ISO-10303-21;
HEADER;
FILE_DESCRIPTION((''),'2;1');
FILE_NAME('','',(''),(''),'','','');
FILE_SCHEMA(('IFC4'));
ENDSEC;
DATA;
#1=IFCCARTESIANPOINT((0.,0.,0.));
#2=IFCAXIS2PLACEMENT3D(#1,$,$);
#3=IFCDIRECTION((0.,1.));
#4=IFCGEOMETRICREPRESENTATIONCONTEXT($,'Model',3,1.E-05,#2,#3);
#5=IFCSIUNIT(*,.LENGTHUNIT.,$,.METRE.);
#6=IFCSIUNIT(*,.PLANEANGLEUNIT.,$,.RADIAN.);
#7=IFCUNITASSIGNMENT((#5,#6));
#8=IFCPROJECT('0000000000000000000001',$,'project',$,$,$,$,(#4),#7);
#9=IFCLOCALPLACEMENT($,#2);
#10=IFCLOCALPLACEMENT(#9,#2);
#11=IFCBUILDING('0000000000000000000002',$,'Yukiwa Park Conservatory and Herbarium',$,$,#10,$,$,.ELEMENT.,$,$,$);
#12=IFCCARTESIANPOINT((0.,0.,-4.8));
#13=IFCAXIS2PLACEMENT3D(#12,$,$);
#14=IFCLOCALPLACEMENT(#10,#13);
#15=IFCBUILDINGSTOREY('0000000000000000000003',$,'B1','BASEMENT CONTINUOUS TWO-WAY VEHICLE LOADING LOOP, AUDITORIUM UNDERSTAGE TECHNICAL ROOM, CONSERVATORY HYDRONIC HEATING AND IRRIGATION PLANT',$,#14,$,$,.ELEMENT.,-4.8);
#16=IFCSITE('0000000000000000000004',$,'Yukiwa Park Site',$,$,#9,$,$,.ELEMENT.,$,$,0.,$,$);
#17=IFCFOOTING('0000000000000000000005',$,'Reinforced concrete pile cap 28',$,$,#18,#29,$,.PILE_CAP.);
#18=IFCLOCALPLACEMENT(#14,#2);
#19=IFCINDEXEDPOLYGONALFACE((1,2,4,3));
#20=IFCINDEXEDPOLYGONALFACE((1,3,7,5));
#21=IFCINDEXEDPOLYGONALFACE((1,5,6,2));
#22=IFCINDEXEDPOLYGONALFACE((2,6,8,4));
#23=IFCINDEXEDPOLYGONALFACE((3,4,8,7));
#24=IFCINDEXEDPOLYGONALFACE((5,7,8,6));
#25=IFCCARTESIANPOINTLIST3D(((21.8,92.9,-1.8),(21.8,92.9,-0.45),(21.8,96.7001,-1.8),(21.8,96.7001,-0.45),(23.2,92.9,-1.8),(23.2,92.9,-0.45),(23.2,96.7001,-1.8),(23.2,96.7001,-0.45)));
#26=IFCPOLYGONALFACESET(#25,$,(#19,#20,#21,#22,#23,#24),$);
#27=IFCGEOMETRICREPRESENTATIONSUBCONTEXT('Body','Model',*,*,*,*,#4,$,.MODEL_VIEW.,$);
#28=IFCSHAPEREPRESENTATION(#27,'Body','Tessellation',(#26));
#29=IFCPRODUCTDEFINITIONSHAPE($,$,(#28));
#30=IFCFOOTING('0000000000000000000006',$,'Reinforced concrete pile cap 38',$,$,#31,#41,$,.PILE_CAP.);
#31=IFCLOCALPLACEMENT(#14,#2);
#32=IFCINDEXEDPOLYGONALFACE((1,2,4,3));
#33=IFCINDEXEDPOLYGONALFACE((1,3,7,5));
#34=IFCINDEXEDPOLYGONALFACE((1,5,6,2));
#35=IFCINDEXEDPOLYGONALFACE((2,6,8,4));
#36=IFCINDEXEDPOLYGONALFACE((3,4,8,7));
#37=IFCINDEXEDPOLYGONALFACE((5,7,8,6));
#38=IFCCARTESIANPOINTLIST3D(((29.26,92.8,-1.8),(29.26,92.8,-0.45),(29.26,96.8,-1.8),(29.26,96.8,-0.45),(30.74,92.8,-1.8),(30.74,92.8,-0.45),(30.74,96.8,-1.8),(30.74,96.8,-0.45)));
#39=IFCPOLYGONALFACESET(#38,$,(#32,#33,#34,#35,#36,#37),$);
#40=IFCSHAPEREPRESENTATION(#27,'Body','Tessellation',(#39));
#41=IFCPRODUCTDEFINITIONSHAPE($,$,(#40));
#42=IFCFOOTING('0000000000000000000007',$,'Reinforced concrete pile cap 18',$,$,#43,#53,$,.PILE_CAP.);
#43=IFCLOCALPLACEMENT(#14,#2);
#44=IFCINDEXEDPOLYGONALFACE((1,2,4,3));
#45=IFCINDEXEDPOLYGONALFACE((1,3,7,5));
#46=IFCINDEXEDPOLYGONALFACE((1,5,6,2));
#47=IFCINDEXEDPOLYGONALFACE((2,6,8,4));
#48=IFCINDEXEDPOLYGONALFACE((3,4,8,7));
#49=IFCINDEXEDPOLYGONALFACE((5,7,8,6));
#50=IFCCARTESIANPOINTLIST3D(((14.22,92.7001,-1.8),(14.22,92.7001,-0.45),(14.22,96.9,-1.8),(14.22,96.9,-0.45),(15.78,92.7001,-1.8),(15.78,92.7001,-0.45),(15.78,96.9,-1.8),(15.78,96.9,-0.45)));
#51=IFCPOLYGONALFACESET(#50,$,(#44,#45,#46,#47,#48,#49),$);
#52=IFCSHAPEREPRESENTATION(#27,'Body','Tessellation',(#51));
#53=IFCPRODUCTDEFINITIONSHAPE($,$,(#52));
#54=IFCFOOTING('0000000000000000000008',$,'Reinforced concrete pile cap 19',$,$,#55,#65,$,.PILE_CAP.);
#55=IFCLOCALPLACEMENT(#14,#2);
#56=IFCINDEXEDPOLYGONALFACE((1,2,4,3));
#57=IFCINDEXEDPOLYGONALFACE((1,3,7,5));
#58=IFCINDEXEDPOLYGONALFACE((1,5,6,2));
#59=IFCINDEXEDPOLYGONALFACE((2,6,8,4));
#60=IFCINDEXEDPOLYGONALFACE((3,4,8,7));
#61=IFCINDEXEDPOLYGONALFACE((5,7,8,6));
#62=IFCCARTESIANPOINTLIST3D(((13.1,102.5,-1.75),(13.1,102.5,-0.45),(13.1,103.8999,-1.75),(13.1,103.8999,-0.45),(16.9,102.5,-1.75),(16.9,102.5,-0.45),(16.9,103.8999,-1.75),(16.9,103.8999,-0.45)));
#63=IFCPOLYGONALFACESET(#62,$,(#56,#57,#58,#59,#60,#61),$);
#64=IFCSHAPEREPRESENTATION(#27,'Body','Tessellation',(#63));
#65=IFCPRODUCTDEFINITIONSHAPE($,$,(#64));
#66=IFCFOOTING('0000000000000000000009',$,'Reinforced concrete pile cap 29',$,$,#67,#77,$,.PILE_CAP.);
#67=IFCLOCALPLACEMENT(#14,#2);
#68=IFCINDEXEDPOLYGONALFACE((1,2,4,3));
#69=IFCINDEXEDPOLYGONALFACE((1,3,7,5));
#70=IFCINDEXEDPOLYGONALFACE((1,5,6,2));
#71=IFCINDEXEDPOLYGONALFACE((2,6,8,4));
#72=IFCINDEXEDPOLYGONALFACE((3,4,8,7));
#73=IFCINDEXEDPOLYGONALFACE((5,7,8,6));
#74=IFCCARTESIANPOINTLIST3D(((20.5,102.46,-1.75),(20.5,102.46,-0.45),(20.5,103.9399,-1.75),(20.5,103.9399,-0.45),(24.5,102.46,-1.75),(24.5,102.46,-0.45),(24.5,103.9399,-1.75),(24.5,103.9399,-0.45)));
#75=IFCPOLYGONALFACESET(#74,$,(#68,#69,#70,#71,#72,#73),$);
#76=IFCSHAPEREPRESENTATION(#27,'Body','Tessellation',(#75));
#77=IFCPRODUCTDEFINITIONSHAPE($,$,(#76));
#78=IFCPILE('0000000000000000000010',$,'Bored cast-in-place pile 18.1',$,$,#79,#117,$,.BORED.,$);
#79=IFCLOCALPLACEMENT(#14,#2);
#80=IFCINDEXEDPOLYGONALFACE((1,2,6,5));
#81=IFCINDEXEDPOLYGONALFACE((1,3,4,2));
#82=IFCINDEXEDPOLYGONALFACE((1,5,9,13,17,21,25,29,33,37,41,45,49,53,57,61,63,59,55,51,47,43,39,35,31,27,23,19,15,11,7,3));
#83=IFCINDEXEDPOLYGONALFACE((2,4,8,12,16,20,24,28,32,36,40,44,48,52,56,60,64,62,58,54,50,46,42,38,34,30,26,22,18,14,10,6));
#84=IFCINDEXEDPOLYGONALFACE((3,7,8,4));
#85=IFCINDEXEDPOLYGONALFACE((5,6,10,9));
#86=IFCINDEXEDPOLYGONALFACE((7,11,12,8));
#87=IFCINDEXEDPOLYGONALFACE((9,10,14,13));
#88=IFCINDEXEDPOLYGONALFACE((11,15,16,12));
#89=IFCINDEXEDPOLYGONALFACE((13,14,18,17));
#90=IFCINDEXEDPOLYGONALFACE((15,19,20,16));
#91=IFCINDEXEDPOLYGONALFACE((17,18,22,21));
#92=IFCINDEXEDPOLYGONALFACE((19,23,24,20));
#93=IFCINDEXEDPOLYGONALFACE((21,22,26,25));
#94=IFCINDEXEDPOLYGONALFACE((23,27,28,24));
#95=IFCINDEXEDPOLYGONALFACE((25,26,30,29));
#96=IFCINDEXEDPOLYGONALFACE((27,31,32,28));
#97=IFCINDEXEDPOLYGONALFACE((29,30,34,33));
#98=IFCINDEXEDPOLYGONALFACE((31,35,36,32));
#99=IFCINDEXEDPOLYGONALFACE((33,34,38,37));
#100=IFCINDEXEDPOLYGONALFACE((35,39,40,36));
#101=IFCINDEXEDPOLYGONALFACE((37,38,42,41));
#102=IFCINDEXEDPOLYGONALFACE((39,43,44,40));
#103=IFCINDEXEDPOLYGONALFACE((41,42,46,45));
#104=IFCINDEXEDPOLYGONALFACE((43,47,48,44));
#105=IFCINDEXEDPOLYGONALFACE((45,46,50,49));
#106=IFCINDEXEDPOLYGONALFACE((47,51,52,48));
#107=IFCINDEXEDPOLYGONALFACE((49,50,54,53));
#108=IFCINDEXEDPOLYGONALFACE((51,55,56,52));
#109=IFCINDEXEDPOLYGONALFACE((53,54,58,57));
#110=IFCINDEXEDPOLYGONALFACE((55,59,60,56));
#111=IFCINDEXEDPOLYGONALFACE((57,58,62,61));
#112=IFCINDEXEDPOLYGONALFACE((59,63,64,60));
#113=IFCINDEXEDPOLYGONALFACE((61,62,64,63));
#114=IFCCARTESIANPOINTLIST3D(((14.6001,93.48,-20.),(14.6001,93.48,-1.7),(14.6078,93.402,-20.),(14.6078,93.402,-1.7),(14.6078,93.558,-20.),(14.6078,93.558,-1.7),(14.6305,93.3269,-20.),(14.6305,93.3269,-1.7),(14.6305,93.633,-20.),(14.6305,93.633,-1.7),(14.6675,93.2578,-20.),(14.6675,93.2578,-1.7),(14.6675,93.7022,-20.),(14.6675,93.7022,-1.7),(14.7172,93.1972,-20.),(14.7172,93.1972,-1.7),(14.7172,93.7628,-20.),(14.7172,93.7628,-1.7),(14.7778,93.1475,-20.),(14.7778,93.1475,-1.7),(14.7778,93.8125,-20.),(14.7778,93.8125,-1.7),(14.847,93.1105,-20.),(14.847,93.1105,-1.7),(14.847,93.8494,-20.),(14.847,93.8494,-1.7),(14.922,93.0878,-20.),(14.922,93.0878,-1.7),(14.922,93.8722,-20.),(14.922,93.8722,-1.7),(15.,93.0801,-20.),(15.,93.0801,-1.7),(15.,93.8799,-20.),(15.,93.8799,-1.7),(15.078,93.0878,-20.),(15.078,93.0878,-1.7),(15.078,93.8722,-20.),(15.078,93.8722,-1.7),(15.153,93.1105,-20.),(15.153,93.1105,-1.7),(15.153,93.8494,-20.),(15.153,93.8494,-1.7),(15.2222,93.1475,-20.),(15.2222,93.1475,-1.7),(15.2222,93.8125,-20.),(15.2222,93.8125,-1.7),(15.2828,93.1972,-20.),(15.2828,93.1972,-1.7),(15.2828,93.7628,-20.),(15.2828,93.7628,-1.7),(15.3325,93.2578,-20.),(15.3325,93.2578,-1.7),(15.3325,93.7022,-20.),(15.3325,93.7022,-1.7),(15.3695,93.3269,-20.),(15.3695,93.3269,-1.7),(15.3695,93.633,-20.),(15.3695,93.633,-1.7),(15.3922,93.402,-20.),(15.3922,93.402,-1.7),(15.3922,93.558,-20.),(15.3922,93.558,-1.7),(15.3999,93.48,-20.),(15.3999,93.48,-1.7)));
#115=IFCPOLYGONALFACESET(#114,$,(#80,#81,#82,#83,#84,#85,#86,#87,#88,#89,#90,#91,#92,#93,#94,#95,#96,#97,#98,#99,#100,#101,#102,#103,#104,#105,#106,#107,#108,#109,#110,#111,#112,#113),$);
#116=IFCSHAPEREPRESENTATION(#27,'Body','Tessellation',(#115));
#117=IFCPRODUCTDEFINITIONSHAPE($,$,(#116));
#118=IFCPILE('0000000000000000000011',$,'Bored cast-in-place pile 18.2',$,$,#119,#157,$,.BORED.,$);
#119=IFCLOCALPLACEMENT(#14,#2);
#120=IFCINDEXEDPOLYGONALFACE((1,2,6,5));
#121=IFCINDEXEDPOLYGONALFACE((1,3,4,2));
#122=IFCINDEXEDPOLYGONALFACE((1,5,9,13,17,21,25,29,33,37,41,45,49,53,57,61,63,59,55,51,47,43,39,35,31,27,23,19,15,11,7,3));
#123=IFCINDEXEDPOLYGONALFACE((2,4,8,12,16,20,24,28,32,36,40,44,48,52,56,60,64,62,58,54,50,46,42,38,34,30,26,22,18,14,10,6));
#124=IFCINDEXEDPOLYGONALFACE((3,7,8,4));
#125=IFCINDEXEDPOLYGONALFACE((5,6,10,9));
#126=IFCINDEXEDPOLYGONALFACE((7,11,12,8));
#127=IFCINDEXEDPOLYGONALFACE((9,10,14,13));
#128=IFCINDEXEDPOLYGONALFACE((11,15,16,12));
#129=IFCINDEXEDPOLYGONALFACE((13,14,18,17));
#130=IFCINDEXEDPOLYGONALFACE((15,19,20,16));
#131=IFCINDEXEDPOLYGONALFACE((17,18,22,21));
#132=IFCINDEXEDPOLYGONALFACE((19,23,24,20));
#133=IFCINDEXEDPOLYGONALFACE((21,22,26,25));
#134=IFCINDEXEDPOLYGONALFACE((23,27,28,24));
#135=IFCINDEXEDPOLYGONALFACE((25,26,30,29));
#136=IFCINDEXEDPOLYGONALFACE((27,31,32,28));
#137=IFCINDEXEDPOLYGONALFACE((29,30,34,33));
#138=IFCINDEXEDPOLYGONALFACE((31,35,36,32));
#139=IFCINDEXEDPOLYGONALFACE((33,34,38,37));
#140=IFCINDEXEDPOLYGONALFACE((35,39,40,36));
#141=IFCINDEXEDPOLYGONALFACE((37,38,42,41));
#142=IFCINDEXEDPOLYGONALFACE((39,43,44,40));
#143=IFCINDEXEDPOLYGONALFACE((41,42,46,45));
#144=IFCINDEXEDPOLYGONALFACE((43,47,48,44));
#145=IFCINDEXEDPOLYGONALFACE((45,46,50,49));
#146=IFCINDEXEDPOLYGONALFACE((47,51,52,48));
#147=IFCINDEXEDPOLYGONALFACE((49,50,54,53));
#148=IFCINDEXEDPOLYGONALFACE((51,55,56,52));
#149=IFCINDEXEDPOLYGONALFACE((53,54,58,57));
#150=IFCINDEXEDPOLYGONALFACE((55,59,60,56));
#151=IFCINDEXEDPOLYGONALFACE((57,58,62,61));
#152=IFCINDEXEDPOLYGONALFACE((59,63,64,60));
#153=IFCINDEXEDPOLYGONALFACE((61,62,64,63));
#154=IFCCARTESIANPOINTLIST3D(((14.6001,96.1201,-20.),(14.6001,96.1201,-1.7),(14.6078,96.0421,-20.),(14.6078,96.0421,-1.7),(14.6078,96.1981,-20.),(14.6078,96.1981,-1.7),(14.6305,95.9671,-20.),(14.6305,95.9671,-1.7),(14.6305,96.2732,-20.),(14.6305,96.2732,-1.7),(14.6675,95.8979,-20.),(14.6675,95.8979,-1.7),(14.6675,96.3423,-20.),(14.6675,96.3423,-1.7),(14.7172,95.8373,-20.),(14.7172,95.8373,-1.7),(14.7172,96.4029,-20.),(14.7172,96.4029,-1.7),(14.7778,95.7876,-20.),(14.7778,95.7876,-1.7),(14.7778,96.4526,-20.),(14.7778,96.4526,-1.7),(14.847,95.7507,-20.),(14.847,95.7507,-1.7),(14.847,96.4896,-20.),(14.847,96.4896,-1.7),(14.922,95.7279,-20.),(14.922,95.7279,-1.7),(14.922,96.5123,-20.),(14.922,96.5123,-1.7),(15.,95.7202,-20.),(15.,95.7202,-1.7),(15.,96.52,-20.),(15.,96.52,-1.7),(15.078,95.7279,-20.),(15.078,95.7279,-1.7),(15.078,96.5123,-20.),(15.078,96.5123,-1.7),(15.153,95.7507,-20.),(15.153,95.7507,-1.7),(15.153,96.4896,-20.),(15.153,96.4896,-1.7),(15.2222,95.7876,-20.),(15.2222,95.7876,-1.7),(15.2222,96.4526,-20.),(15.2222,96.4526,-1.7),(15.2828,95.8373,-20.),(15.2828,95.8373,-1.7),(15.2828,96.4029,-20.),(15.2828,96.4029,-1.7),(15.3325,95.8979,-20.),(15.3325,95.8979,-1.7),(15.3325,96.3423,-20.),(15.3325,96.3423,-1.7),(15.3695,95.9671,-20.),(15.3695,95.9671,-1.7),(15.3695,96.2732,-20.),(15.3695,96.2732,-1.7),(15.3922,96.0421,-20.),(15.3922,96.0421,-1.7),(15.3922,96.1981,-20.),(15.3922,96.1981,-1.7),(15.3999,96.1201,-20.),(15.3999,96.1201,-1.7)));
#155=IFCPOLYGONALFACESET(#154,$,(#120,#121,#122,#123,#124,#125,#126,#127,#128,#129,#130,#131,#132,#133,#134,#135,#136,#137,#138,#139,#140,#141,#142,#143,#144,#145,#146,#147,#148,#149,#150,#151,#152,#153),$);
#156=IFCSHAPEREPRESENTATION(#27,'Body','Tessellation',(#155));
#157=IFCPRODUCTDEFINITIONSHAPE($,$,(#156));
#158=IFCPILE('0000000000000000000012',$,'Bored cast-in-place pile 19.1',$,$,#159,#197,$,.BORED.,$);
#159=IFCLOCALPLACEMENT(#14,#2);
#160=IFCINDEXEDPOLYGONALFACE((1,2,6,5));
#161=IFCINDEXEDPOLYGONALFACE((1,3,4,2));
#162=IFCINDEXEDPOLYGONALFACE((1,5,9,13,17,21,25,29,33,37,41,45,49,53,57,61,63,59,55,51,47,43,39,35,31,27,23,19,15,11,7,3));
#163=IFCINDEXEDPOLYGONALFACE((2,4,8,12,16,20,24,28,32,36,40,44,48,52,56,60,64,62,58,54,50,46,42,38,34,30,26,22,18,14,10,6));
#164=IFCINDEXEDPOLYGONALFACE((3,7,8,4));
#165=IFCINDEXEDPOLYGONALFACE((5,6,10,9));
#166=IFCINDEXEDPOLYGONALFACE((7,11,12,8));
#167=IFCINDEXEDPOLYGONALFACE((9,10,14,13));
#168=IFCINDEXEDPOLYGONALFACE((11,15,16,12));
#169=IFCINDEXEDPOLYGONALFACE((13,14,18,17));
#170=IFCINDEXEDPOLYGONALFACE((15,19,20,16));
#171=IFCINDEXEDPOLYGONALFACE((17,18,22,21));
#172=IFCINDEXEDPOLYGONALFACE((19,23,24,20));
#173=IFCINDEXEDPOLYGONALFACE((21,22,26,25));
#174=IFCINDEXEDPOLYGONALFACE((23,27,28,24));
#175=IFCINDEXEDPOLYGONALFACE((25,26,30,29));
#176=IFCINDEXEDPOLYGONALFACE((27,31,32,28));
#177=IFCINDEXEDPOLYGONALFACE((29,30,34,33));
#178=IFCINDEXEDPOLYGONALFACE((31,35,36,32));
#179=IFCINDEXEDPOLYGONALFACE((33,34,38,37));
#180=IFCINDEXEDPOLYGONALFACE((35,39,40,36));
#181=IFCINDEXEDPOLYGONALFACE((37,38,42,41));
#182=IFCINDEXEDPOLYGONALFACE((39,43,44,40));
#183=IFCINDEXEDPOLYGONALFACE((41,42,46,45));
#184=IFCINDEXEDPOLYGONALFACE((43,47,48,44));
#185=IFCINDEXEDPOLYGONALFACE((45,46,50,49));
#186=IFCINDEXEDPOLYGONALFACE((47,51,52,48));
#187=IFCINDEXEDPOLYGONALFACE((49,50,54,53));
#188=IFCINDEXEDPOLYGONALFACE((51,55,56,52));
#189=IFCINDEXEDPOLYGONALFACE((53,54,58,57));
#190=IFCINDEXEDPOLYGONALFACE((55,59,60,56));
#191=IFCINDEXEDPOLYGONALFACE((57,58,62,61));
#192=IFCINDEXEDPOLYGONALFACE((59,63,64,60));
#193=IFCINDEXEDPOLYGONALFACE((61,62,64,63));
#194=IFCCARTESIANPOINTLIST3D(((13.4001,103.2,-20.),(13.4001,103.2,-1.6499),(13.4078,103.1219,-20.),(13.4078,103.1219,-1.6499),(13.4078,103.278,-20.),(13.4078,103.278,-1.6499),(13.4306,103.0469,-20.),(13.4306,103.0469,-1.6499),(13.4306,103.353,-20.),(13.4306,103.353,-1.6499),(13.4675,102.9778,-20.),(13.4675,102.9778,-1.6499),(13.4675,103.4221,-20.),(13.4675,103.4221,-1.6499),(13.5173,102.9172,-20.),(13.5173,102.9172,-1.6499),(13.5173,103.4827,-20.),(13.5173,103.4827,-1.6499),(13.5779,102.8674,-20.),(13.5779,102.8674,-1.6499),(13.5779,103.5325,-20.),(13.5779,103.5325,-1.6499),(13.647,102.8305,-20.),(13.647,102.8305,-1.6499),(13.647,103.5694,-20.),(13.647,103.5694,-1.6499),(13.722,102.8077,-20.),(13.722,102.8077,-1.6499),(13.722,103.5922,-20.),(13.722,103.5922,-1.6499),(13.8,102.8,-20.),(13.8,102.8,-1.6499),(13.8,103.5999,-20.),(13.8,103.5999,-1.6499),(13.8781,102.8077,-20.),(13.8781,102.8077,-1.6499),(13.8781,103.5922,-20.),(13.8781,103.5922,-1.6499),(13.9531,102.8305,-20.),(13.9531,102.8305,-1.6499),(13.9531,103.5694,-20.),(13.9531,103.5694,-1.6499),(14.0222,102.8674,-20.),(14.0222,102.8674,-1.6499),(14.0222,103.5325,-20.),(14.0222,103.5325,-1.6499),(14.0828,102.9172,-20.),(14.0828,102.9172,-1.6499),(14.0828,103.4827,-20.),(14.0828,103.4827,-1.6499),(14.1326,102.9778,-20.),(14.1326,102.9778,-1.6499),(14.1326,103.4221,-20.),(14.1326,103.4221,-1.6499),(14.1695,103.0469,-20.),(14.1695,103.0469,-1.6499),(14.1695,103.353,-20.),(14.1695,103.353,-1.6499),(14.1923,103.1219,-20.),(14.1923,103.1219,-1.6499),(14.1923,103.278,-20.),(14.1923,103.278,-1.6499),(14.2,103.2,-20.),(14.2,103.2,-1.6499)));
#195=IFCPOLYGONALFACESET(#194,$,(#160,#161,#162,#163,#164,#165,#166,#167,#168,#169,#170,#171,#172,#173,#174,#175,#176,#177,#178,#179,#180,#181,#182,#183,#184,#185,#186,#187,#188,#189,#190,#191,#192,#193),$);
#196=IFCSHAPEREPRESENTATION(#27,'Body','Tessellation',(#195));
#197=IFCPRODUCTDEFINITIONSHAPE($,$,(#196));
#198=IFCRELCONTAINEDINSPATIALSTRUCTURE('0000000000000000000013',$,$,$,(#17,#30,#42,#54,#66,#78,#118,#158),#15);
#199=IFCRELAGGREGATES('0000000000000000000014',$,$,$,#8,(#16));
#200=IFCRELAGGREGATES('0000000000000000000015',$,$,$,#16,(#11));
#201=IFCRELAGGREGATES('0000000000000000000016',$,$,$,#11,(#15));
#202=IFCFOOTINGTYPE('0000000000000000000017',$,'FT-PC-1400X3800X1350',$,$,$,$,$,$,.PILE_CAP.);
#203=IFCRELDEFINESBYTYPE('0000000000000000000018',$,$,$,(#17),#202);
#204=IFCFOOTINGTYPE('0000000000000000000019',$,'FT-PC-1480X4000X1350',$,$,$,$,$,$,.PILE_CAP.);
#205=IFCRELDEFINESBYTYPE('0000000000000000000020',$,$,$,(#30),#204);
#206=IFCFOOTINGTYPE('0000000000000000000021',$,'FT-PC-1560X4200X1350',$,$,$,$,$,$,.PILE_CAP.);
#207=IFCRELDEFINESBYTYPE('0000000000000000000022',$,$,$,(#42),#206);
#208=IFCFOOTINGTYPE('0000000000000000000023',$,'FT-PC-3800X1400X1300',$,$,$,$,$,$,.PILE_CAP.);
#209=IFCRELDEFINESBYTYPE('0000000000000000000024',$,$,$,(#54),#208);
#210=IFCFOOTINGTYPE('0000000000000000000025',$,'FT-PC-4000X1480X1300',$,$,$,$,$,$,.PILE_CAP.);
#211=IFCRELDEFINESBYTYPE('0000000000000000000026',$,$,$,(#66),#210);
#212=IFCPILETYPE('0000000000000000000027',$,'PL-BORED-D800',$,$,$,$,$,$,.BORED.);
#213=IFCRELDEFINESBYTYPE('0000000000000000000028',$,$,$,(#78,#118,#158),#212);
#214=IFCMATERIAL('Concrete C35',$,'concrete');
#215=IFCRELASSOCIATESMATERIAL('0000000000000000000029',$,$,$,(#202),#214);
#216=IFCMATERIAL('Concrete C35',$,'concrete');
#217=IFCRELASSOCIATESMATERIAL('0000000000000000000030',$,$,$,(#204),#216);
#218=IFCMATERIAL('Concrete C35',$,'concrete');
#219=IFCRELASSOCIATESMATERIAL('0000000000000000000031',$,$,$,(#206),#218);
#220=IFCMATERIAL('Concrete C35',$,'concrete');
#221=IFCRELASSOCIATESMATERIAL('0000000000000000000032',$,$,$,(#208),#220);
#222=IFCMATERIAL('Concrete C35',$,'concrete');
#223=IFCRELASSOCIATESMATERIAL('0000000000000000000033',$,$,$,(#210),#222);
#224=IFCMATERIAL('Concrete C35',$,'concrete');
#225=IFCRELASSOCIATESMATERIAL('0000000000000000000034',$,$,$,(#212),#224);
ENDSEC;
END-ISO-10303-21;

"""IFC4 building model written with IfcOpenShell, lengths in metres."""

from ifc_helpers import new_model, si_unit, direction, frame, origin, origin_2d, place, context, subcontext, project, spatial, rectangle, circle, extrude, material, material_profile, profile_set, type_object, element, save


model = new_model("IFC4")

# Units and contexts
model_context = context("Model", 3, precision=1e-05, world=origin(), true_north=direction((0.0, 1.0)))
body_context = subcontext(model_context, "Body", "Model", "MODEL_VIEW")
ifc_project = project(units=[si_unit("LENGTHUNIT", "METRE"), si_unit("PLANEANGLEUNIT", "RADIAN")], contexts=[model_context])

# Site, building, storey
site_placement = place(None, origin())
site = spatial("IfcSite", under=ifc_project, at=site_placement, Name="Yukiwa Park Site", CompositionType="ELEMENT", RefElevation=0.0)
building_placement = place(site_placement, origin())
building = spatial("IfcBuilding", under=site, at=building_placement, Name="Yukiwa Park Conservatory and Herbarium", CompositionType="ELEMENT")
storey_placement = place(building_placement, frame((0.0, 0.0, -4.8)))
storey = spatial("IfcBuildingStorey", under=building, at=storey_placement, Name="B1", Description="BASEMENT CONTINUOUS TWO-WAY VEHICLE LOADING LOOP, AUDITORIUM UNDERSTAGE TECHNICAL ROOM, CONSERVATORY HYDRONIC HEATING AND IRRIGATION PLANT", CompositionType="ELEMENT", Elevation=-4.8)

# Footings
ifc_material_1 = material(Name="Concrete C35", Category="concrete")
footing_type_1 = type_object("IfcFootingType", Name="FT-PC-1400X3800X1350", PredefinedType="PILE_CAP", material=ifc_material_1)
footing_1_placement = place(storey_placement, frame((22.5, 94.8, -1.8), z_axis=(0.0, 0.0, 1.0), x_axis=(1.0, 0.0, 0.0)))
element("IfcFooting", 1, at=footing_1_placement, inside=storey, type_object=footing_type_1, Name="Reinforced concrete pile cap 28", PredefinedType="PILE_CAP", context=body_context, shape_type="SweptSolid", body=[
    extrude(rectangle(XDim=1.3999, YDim=3.8, at=origin_2d()), origin(), (0.0, 0.0, 1.0), 1.3501),
])
ifc_material_2 = material(Name="Concrete C35", Category="concrete")
footing_type_2 = type_object("IfcFootingType", Name="FT-PC-1480X4000X1350", PredefinedType="PILE_CAP", material=ifc_material_2)
footing_2_placement = place(storey_placement, frame((30.0, 94.8, -1.8), z_axis=(0.0, 0.0, 1.0), x_axis=(1.0, 0.0, 0.0)))
element("IfcFooting", 2, at=footing_2_placement, inside=storey, type_object=footing_type_2, Name="Reinforced concrete pile cap 38", PredefinedType="PILE_CAP", context=body_context, shape_type="SweptSolid", body=[
    extrude(rectangle(XDim=1.48, YDim=4.0, at=origin_2d()), origin(), (0.0, 0.0, 1.0), 1.3501),
])
ifc_material_3 = material(Name="Concrete C35", Category="concrete")
footing_type_3 = type_object("IfcFootingType", Name="FT-PC-1560X4200X1350", PredefinedType="PILE_CAP", material=ifc_material_3)
footing_3_placement = place(storey_placement, frame((15.0, 94.8, -1.8), z_axis=(0.0, 0.0, 1.0), x_axis=(1.0, 0.0, 0.0)))
element("IfcFooting", 3, at=footing_3_placement, inside=storey, type_object=footing_type_3, Name="Reinforced concrete pile cap 18", PredefinedType="PILE_CAP", context=body_context, shape_type="SweptSolid", body=[
    extrude(rectangle(XDim=1.5601, YDim=4.2, at=origin_2d()), origin(), (0.0, 0.0, 1.0), 1.3501),
])
ifc_material_4 = material(Name="Concrete C35", Category="concrete")
footing_type_4 = type_object("IfcFootingType", Name="FT-PC-3800X1400X1300", PredefinedType="PILE_CAP", material=ifc_material_4)
footing_4_placement = place(storey_placement, frame((15.0, 103.2, -1.75), z_axis=(0.0, 0.0, 1.0), x_axis=(1.0, 0.0, 0.0)))
element("IfcFooting", 4, at=footing_4_placement, inside=storey, type_object=footing_type_4, Name="Reinforced concrete pile cap 19", PredefinedType="PILE_CAP", context=body_context, shape_type="SweptSolid", body=[
    extrude(rectangle(XDim=3.8, YDim=1.3999, at=origin_2d()), origin(), (0.0, 0.0, 1.0), 1.3),
])
ifc_material_5 = material(Name="Concrete C35", Category="concrete")
footing_type_5 = type_object("IfcFootingType", Name="FT-PC-4000X1480X1300", PredefinedType="PILE_CAP", material=ifc_material_5)
footing_5_placement = place(storey_placement, frame((22.5, 103.2, -1.75), z_axis=(0.0, 0.0, 1.0), x_axis=(1.0, 0.0, 0.0)))
element("IfcFooting", 5, at=footing_5_placement, inside=storey, type_object=footing_type_5, Name="Reinforced concrete pile cap 29", PredefinedType="PILE_CAP", context=body_context, shape_type="SweptSolid", body=[
    extrude(rectangle(XDim=4.0, YDim=1.48, at=origin_2d()), origin(), (0.0, 0.0, 1.0), 1.3),
])

# Piles
ifc_material_6 = material(Name="Concrete C35", Category="concrete")
ifc_material_profile_1 = material_profile(ifc_material_6, circle(Radius=0.3999, at=origin_2d()), Name="PILE D800")
ifc_profile_set_1 = profile_set([ifc_material_profile_1], Name="Concrete C35")
pile_type = type_object("IfcPileType", Name="PL-BORED-D800", PredefinedType="BORED", material=ifc_profile_set_1)
for number, where, z_axis, x_axis, name in (
    (6, (15.0, 93.48, -1.7), (0.0, 0.0, -1.0), (1.0, 0.0, 0.0), "Bored cast-in-place pile 18.1"),
    (7, (15.0, 96.1201, -1.7), (0.0, 0.0, -1.0), (1.0, 0.0, 0.0), "Bored cast-in-place pile 18.2"),
):
    element("IfcPile", number, at=place(storey_placement, frame(where, z_axis=z_axis, x_axis=x_axis)), inside=storey, type_object=pile_type, Name=name, PredefinedType="BORED", context=body_context, shape_type="SweptSolid", body=[
        extrude(circle(Radius=0.3999, at=origin_2d()), origin(), (0.0, 0.0, 1.0), 18.3),
    ])
for number, where, z_axis, x_axis, name in (
    (8, (13.8, 103.2, -1.6499), (0.0, 0.0, -1.0), (1.0, 0.0, 0.0), "Bored cast-in-place pile 19.1"),
):
    element("IfcPile", number, at=place(storey_placement, frame(where, z_axis=z_axis, x_axis=x_axis)), inside=storey, type_object=pile_type, Name=name, PredefinedType="BORED", context=body_context, shape_type="SweptSolid", body=[
        extrude(circle(Radius=0.3999, at=origin_2d()), origin(), (0.0, 0.0, 1.0), 18.3501),
    ])

save(model, "model.ifc")
